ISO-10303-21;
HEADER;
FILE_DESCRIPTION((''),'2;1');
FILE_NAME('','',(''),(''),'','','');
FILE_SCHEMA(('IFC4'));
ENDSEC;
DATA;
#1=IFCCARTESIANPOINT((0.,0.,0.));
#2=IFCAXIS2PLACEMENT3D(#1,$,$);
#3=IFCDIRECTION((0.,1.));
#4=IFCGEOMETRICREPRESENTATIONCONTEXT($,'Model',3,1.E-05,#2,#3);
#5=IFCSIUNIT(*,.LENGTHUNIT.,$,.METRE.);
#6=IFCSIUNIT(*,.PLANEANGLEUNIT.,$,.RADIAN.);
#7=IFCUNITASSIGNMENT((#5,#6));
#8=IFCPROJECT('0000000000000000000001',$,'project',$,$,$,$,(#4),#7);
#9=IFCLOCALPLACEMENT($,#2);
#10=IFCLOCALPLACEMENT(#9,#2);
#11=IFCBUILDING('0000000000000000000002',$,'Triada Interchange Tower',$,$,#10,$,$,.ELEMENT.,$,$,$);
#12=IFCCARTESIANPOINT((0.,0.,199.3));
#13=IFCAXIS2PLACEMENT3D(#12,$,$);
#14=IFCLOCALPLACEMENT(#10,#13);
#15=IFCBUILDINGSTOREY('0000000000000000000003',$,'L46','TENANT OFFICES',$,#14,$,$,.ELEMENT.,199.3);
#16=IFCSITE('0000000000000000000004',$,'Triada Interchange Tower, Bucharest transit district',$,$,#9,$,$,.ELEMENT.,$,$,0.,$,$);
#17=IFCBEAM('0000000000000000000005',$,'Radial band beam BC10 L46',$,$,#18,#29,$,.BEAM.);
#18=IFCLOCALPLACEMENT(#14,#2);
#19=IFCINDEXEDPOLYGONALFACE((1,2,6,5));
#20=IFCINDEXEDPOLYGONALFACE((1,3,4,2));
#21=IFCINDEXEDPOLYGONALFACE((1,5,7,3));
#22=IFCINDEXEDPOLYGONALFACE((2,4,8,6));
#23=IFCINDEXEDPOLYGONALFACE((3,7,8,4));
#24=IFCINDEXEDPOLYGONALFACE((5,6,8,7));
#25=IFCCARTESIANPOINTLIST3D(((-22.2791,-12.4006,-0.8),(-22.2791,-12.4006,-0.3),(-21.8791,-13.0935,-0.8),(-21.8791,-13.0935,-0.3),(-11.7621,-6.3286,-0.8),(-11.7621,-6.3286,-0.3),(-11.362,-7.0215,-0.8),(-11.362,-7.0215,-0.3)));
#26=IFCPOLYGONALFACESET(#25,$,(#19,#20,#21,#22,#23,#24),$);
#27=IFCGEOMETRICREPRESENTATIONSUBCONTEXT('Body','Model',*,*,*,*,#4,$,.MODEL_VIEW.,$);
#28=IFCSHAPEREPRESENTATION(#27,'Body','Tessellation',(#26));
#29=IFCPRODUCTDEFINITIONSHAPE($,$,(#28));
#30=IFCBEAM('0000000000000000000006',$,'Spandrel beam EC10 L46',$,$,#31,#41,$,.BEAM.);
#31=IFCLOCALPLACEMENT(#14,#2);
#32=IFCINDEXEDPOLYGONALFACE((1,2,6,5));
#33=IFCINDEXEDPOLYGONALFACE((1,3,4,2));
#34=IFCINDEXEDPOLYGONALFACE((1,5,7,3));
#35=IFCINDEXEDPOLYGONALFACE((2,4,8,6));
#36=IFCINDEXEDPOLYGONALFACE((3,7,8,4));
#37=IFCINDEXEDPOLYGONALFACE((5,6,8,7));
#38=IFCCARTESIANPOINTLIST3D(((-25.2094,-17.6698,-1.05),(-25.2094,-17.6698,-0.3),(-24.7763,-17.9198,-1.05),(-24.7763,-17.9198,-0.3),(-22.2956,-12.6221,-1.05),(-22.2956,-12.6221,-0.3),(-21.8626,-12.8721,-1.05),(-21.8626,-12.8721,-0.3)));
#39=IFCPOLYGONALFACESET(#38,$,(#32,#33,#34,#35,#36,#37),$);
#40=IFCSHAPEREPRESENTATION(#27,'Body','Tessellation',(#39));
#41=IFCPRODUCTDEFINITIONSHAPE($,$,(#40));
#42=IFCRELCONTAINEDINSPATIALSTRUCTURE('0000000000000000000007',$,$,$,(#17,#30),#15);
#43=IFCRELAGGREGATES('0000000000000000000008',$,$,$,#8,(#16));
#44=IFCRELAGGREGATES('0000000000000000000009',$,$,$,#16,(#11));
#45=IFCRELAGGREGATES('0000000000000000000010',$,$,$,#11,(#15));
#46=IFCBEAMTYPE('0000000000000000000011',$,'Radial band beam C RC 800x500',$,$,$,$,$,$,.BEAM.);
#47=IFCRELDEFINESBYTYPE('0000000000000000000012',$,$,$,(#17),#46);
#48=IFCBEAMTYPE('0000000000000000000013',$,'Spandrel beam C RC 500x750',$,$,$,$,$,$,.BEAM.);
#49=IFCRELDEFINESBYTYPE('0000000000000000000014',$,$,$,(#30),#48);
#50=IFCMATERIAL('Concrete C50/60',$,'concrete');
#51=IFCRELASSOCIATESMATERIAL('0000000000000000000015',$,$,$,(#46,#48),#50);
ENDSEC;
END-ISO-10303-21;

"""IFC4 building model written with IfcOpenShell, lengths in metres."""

from ifc_helpers import new_model, si_unit, direction, frame, origin, origin_2d, place, context, subcontext, project, spatial, rectangle, extrude, material, material_profile, profile_set, type_object, element, save


model = new_model("IFC4")

# Units and contexts
model_context = context("Model", 3, precision=1e-05, world=origin(), true_north=direction((0.0, 1.0)))
body_context = subcontext(model_context, "Body", "Model", "MODEL_VIEW")
ifc_project = project(units=[si_unit("LENGTHUNIT", "METRE"), si_unit("PLANEANGLEUNIT", "RADIAN")], contexts=[model_context])

# Site, building, storey
site_placement = place(None, origin())
site = spatial("IfcSite", under=ifc_project, at=site_placement, Name="Triada Interchange Tower, Bucharest transit district", CompositionType="ELEMENT", RefElevation=0.0)
building_placement = place(site_placement, origin())
building = spatial("IfcBuilding", under=site, at=building_placement, Name="Triada Interchange Tower", CompositionType="ELEMENT")
storey_placement = place(building_placement, frame((0.0, 0.0, 199.3)))
storey = spatial("IfcBuildingStorey", under=building, at=storey_placement, Name="L46", Description="TENANT OFFICES", CompositionType="ELEMENT", Elevation=199.3)

# Beams
ifc_material_1 = material(Name="Concrete C50/60", Category="concrete")
ifc_material_profile_1 = material_profile(ifc_material_1, rectangle(XDim=0.8, YDim=0.5, at=origin_2d()), Name="RC 800x500")
ifc_profile_set_1 = profile_set([ifc_material_profile_1], Name="Concrete C50/60")
beam_type_1 = type_object("IfcBeamType", Name="Radial band beam C RC 800x500", PredefinedType="BEAM", material=ifc_profile_set_1)
beam_1_placement = place(storey_placement, frame((-22.0791, -12.7471, -0.55), z_axis=(0.866026, 0.499999, 0.0), x_axis=(-0.499999, 0.866026, 0.0)))
element("IfcBeam", 1, at=beam_1_placement, inside=storey, type_object=beam_type_1, Name="Radial band beam BC10 L46", PredefinedType="BEAM", context=body_context, shape_type="SweptSolid", body=[
    extrude(rectangle(XDim=0.8, YDim=0.5, at=origin_2d()), origin(), (0.0, 0.0, 1.0), 12.144),
])
ifc_material_profile_2 = material_profile(ifc_material_1, rectangle(XDim=0.5, YDim=0.75, at=origin_2d()), Name="RC 500x750")
ifc_profile_set_2 = profile_set([ifc_material_profile_2], Name="Concrete C50/60")
beam_type_2 = type_object("IfcBeamType", Name="Spandrel beam C RC 500x750", PredefinedType="BEAM", material=ifc_profile_set_2)
beam_2_placement = place(storey_placement, frame((-22.0791, -12.7471, -0.675), z_axis=(-0.499928, -0.866067, 0.0), x_axis=(0.866067, -0.499928, 0.0)))
element("IfcBeam", 2, at=beam_2_placement, inside=storey, type_object=beam_type_2, Name="Spandrel beam EC10 L46", PredefinedType="BEAM", context=body_context, shape_type="SweptSolid", body=[
    extrude(rectangle(XDim=0.5, YDim=0.75, at=origin_2d()), origin(), (0.0, 0.0, 1.0), 5.8284),
])

save(model, "model.ifc")
